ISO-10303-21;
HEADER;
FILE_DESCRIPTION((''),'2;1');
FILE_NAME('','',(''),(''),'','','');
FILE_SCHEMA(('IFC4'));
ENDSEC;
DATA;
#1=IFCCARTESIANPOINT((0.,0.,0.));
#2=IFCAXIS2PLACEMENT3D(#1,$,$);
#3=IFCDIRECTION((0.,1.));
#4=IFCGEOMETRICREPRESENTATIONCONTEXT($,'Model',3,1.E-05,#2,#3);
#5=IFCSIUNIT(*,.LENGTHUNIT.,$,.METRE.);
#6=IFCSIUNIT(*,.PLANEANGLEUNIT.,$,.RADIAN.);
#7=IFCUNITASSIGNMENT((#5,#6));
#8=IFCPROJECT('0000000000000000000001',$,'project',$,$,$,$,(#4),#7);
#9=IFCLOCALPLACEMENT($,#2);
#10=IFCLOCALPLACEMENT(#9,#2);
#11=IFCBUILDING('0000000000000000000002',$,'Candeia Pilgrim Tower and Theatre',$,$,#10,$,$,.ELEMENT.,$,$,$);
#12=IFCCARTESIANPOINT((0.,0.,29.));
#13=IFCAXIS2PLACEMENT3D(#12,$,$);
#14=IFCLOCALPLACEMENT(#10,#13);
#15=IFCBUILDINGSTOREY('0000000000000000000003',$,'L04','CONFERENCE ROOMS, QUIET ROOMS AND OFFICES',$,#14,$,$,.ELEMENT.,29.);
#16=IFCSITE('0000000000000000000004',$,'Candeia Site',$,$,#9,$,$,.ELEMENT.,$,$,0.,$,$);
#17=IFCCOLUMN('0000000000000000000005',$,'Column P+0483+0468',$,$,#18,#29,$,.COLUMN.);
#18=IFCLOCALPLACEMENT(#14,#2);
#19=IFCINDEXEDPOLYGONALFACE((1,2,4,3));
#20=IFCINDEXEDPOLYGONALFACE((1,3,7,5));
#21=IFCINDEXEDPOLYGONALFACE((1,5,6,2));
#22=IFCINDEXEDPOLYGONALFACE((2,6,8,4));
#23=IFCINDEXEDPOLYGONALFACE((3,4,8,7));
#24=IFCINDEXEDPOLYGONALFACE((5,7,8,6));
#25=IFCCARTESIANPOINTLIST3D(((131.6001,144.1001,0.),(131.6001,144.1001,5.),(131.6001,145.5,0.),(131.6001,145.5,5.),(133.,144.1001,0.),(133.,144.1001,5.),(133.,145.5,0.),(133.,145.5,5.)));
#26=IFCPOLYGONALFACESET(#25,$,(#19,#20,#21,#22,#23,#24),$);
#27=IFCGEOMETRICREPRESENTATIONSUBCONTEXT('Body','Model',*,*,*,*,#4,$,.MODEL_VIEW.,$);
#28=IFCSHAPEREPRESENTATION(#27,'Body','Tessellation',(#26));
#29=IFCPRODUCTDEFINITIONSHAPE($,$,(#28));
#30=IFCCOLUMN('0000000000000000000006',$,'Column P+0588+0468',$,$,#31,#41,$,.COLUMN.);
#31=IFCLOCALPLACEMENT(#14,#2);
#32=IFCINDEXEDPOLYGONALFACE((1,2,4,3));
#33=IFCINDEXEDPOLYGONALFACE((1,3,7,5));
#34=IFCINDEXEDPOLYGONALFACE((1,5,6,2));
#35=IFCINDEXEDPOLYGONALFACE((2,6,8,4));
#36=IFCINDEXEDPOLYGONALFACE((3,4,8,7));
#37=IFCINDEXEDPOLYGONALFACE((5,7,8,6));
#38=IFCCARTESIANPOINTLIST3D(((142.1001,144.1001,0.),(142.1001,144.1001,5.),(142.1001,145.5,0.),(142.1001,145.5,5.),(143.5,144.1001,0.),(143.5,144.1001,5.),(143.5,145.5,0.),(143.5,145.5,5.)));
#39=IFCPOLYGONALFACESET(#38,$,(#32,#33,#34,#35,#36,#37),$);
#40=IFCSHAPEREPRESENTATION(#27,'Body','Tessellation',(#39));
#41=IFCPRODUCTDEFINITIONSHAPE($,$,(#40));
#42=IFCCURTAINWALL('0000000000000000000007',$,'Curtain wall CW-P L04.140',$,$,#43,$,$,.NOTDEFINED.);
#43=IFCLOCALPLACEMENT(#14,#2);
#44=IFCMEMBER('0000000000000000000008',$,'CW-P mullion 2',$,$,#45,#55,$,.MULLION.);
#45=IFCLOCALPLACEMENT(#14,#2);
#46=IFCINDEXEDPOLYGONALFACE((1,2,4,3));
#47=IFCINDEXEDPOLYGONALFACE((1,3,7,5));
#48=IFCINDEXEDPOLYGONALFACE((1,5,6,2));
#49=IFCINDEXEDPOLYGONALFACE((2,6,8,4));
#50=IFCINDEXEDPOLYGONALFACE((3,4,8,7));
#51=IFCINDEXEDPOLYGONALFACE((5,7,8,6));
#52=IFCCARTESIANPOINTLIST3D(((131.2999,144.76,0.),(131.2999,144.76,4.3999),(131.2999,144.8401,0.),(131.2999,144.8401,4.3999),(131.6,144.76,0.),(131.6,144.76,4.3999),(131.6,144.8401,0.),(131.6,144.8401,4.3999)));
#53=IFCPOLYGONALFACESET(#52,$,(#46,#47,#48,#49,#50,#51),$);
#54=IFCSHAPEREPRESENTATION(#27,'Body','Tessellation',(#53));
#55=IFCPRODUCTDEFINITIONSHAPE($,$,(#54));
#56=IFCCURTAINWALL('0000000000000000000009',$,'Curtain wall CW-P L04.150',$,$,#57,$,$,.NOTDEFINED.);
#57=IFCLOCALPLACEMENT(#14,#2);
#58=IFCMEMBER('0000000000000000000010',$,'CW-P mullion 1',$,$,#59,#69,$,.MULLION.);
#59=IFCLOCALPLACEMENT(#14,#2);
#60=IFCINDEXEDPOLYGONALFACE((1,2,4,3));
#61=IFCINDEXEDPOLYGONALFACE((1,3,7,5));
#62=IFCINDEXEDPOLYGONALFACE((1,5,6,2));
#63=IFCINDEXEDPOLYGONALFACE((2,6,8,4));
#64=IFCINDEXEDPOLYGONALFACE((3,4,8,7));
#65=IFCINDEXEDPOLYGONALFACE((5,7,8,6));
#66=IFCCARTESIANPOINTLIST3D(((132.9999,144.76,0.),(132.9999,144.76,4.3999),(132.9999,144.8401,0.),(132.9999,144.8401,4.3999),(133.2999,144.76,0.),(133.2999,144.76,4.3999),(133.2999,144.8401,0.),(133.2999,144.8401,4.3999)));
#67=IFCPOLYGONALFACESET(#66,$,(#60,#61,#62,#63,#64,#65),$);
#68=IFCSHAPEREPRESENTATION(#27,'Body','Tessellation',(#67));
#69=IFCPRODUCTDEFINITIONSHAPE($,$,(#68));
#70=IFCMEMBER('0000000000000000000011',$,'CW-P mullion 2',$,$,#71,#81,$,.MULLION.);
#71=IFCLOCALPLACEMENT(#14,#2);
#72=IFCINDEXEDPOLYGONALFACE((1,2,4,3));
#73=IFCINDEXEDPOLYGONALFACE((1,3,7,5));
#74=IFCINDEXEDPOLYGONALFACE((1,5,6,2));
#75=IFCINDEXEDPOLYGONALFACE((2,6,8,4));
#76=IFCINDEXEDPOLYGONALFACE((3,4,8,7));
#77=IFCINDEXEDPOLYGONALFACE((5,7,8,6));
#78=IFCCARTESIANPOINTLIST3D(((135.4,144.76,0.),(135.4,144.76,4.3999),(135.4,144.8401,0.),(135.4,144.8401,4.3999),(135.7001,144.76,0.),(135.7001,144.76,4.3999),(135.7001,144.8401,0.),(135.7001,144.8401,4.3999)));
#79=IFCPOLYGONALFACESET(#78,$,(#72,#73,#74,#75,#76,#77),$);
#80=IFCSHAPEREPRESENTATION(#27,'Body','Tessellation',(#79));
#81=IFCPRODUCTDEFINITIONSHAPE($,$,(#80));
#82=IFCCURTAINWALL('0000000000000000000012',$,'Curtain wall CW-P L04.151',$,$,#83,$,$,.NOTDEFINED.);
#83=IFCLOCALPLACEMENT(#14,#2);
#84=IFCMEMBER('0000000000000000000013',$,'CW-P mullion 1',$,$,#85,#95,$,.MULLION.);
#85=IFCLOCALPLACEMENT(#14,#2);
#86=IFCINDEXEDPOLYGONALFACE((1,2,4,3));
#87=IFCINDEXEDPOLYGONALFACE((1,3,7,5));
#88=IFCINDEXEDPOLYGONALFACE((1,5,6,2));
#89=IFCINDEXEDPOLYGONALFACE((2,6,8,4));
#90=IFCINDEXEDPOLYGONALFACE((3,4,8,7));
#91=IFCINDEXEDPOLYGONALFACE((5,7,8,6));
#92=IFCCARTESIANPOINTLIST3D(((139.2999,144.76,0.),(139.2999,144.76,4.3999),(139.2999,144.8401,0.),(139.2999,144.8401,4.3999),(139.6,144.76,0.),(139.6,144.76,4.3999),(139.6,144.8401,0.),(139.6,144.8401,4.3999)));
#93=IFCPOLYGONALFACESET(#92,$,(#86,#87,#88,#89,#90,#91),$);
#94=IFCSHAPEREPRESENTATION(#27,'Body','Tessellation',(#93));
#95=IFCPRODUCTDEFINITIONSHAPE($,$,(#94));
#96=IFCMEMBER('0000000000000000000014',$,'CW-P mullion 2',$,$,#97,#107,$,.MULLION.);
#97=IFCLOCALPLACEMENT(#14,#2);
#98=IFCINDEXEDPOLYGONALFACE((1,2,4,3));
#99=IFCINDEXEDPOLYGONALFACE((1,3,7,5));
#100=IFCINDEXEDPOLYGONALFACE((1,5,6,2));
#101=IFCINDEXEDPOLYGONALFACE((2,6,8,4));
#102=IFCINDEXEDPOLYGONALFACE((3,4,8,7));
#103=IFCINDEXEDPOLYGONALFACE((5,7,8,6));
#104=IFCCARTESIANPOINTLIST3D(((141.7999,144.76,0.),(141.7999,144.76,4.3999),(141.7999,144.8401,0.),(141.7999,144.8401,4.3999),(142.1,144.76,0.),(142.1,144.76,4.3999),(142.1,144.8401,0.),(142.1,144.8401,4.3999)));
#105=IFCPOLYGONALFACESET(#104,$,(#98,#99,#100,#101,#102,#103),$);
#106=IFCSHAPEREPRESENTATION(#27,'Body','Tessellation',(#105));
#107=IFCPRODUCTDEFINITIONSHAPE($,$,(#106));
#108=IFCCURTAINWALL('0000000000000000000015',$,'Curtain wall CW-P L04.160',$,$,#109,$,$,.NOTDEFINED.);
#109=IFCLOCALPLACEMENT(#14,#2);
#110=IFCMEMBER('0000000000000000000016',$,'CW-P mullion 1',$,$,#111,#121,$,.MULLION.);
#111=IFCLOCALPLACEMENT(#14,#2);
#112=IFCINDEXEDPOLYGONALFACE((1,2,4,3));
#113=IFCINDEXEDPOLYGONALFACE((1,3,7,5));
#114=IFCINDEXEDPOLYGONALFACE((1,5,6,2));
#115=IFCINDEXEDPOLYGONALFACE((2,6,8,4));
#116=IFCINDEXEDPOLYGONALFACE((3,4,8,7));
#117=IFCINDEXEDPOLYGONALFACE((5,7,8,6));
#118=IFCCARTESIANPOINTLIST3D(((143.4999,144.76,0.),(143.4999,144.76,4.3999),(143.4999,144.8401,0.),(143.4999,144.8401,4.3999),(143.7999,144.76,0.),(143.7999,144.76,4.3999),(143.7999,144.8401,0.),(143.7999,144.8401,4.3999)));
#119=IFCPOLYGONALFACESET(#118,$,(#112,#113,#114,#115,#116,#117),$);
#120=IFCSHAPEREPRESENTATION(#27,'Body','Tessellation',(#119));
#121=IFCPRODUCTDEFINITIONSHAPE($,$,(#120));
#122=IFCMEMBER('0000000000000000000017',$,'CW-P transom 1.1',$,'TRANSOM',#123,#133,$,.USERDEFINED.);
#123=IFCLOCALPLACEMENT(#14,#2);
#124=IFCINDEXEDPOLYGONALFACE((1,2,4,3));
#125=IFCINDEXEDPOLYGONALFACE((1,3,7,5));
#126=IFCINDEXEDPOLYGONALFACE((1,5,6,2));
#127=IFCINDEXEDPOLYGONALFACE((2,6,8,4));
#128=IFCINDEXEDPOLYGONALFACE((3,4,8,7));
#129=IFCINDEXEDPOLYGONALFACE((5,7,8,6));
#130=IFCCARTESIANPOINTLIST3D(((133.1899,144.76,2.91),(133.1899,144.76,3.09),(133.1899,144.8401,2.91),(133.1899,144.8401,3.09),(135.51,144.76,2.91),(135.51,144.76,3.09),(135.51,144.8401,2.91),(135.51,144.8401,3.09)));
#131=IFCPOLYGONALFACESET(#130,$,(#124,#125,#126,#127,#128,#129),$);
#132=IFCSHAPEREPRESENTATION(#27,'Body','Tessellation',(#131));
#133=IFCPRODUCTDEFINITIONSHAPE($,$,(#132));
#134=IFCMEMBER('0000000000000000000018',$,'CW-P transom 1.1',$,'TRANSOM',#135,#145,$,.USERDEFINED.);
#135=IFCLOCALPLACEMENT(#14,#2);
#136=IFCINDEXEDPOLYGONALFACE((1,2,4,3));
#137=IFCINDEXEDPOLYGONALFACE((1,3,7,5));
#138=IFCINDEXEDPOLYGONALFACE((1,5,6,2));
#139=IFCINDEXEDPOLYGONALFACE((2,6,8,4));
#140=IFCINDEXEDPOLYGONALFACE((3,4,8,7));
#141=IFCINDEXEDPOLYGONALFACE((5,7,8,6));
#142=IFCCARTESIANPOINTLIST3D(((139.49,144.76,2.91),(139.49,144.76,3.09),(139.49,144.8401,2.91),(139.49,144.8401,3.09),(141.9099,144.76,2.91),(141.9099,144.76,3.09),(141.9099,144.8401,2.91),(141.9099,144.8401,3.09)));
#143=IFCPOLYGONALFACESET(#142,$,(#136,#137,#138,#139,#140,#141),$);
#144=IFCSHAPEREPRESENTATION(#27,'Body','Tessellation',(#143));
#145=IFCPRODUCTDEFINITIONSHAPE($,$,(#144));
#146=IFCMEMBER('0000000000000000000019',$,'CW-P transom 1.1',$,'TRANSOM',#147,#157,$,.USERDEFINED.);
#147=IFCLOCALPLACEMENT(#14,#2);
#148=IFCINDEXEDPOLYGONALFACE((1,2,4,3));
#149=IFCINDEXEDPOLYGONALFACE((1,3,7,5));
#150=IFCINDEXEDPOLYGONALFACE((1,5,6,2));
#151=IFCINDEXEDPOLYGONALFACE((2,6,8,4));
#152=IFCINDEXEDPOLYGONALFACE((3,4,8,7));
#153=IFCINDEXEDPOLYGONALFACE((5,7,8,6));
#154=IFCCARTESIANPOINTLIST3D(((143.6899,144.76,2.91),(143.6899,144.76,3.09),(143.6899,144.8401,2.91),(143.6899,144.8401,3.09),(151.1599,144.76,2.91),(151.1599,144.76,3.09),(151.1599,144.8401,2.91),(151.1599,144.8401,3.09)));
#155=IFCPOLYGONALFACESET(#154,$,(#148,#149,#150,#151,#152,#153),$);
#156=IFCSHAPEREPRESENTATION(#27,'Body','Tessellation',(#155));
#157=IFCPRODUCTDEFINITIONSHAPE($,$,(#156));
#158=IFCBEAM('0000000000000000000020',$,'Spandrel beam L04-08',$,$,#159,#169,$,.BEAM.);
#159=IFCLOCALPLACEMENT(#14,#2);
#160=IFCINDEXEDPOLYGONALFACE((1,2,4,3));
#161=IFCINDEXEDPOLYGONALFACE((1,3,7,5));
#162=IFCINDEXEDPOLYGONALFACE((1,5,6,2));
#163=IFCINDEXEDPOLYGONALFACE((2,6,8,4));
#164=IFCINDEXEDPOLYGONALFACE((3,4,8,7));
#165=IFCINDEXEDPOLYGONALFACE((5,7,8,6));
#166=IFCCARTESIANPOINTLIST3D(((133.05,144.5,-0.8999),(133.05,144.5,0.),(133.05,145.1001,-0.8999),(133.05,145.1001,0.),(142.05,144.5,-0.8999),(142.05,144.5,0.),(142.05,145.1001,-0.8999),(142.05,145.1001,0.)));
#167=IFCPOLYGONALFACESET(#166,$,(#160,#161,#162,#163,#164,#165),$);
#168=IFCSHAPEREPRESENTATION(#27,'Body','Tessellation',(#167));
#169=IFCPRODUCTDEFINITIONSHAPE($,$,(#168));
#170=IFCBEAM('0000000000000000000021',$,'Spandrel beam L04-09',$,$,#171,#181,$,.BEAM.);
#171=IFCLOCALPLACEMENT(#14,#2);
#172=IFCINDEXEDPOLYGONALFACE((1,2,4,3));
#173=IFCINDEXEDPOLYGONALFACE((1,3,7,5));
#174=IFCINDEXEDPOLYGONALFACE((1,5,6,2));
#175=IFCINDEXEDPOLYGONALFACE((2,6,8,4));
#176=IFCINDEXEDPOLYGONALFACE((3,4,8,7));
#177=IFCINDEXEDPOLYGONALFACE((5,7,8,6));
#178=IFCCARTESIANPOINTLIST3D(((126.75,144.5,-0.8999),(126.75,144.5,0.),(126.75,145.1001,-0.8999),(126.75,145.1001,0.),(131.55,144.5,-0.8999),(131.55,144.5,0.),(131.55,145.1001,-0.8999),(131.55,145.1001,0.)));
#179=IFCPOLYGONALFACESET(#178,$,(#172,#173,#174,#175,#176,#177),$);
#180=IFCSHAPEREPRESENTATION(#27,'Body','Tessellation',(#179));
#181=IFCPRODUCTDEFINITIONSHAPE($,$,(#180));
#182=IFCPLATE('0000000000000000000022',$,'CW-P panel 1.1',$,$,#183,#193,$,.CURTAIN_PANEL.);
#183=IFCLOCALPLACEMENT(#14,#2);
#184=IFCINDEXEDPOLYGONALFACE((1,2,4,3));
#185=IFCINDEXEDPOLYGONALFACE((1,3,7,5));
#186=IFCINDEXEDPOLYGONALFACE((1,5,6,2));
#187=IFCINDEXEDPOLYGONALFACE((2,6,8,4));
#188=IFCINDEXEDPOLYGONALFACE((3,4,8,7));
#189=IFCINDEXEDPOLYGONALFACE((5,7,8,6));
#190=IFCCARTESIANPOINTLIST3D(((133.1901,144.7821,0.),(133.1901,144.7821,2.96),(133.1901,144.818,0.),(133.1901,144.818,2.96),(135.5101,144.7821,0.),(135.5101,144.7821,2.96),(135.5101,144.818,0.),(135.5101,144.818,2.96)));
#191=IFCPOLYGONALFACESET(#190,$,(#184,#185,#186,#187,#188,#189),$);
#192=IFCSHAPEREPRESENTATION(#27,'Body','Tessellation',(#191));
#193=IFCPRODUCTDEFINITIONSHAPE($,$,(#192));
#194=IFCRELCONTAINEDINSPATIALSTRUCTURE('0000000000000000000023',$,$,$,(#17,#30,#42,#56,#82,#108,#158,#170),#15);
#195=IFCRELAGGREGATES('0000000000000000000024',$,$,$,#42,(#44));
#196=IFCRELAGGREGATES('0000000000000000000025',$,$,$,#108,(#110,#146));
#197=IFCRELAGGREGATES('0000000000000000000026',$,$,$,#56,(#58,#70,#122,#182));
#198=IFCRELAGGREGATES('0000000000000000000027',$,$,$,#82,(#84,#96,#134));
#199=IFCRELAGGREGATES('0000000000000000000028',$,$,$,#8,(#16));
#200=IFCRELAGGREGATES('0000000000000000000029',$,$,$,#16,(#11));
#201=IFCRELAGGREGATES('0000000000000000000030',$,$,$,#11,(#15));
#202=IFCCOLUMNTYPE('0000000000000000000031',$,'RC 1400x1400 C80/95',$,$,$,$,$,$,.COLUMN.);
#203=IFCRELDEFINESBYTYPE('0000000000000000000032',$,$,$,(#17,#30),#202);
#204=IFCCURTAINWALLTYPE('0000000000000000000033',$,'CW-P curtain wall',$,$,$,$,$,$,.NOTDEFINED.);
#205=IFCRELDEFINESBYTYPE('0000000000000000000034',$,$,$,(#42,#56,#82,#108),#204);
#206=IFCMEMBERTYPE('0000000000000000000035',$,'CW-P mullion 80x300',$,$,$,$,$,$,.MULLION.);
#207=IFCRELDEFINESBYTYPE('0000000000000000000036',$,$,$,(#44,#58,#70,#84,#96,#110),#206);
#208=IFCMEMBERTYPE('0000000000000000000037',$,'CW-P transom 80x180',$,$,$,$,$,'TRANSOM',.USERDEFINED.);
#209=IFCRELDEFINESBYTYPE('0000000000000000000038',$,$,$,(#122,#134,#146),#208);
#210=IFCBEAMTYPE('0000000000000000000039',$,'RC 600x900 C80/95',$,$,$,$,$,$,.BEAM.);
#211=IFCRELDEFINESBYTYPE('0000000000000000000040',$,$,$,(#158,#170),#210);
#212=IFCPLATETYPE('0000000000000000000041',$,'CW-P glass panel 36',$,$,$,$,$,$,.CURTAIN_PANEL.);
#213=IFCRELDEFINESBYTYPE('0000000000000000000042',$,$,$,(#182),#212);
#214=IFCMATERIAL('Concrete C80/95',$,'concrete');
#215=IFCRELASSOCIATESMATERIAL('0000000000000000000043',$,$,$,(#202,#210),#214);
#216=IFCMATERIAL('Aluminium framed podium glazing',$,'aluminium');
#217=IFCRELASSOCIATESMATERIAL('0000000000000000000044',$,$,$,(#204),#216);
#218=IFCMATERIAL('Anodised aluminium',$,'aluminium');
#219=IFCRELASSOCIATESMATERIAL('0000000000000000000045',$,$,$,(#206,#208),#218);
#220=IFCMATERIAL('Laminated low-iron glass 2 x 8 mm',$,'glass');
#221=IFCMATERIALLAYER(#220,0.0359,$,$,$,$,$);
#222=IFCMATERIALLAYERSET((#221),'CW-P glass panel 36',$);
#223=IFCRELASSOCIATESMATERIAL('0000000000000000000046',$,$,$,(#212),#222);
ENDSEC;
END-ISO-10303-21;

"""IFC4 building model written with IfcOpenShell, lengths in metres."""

from ifc_helpers import new_model, si_unit, direction, frame, origin, origin_2d, place, context, subcontext, project, spatial, rectangle, extrude, material, layer, layer_set, material_profile, profile_set, type_object, element, aggregate, save


model = new_model("IFC4")

# Units and contexts
model_context = context("Model", 3, precision=1e-05, world=origin(), true_north=direction((0.0, 1.0)))
body_context = subcontext(model_context, "Body", "Model", "MODEL_VIEW")
ifc_project = project(units=[si_unit("LENGTHUNIT", "METRE"), si_unit("PLANEANGLEUNIT", "RADIAN")], contexts=[model_context])

# Site, building, storey
site_placement = place(None, origin())
site = spatial("IfcSite", under=ifc_project, at=site_placement, Name="Candeia Site", CompositionType="ELEMENT", RefElevation=0.0)
building_placement = place(site_placement, origin())
building = spatial("IfcBuilding", under=site, at=building_placement, Name="Candeia Pilgrim Tower and Theatre", CompositionType="ELEMENT")
storey_placement = place(building_placement, frame((0.0, 0.0, 29.0)))
storey = spatial("IfcBuildingStorey", under=building, at=storey_placement, Name="L04", Description="CONFERENCE ROOMS, QUIET ROOMS AND OFFICES", CompositionType="ELEMENT", Elevation=29.0)

# Columns
ifc_material_1 = material(Name="Concrete C80/95", Category="concrete")
ifc_material_profile_1 = material_profile(ifc_material_1, rectangle(XDim=1.3999, YDim=1.3999, at=origin_2d()))
ifc_profile_set_1 = profile_set([ifc_material_profile_1], Name="Concrete C80/95")
column_type = type_object("IfcColumnType", Name="RC 1400x1400 C80/95", PredefinedType="COLUMN", material=ifc_profile_set_1)
for number, where, z_axis, x_axis, name in (
    (1, (132.3, 144.8, 0.0), (0.0, 0.0, 1.0), (1.0, 0.0, 0.0), "Column P+0483+0468"),
    (2, (142.8, 144.8, 0.0), (0.0, 0.0, 1.0), (1.0, 0.0, 0.0), "Column P+0588+0468"),
):
    element("IfcColumn", number, at=place(storey_placement, frame(where, z_axis=z_axis, x_axis=x_axis)), inside=storey, type_object=column_type, Name=name, PredefinedType="COLUMN", context=body_context, shape_type="SweptSolid", body=[
        extrude(rectangle(XDim=1.3999, YDim=1.3999, at=origin_2d()), origin(), (0.0, 0.0, 1.0), 5.0),
    ])

# Curtain wall, member
ifc_material_2 = material(Name="Aluminium framed podium glazing", Category="aluminium")
curtain_wall_type = type_object("IfcCurtainWallType", Name="CW-P curtain wall", PredefinedType="NOTDEFINED", material=ifc_material_2)
curtain_wall_1_placement = place(storey_placement, origin())
curtain_wall_1 = element("IfcCurtainWall", 3, at=curtain_wall_1_placement, inside=storey, type_object=curtain_wall_type, Name="Curtain wall CW-P L04.140", PredefinedType="NOTDEFINED")
ifc_material_3 = material(Name="Anodised aluminium", Category="aluminium")
ifc_material_profile_2 = material_profile(ifc_material_3, rectangle(XDim=0.0801, YDim=0.3, at=origin_2d()))
ifc_profile_set_2 = profile_set([ifc_material_profile_2], Name="Anodised aluminium")
member_type_1 = type_object("IfcMemberType", Name="CW-P mullion 80x300", PredefinedType="MULLION", material=ifc_profile_set_2)
member_1_placement = place(storey_placement, frame((131.45, 144.8, 0.0), z_axis=(0.0, 0.0, 1.0), x_axis=(0.0, 1.0, 0.0)))
member_1 = element("IfcMember", 4, at=member_1_placement, type_object=member_type_1, Name="CW-P mullion 2", PredefinedType="MULLION", context=body_context, shape_type="SweptSolid", body=[
    extrude(rectangle(XDim=0.0801, YDim=0.3, at=origin_2d()), origin(), (0.0, 0.0, 1.0), 4.3999),
])
aggregate(curtain_wall_1, [member_1])

# Curtain walls, members
curtain_wall_2_placement = place(storey_placement, origin())
curtain_wall_2 = element("IfcCurtainWall", 5, at=curtain_wall_2_placement, inside=storey, type_object=curtain_wall_type, Name="Curtain wall CW-P L04.150", PredefinedType="NOTDEFINED")
member_2_placement = place(storey_placement, frame((133.1499, 144.8, 0.0), z_axis=(0.0, 0.0, 1.0), x_axis=(0.0, 1.0, 0.0)))
member_2 = element("IfcMember", 6, at=member_2_placement, type_object=member_type_1, Name="CW-P mullion 1", PredefinedType="MULLION", context=body_context, shape_type="SweptSolid", body=[
    extrude(rectangle(XDim=0.0801, YDim=0.3, at=origin_2d()), origin(), (0.0, 0.0, 1.0), 4.3999),
])
member_3_placement = place(storey_placement, frame((135.55, 144.8, 0.0), z_axis=(0.0, 0.0, 1.0), x_axis=(0.0, 1.0, 0.0)))
member_3 = element("IfcMember", 7, at=member_3_placement, type_object=member_type_1, Name="CW-P mullion 2", PredefinedType="MULLION", context=body_context, shape_type="SweptSolid", body=[
    extrude(rectangle(XDim=0.0801, YDim=0.3, at=origin_2d()), origin(), (0.0, 0.0, 1.0), 4.3999),
])
curtain_wall_3_placement = place(storey_placement, origin())
curtain_wall_3 = element("IfcCurtainWall", 8, at=curtain_wall_3_placement, inside=storey, type_object=curtain_wall_type, Name="Curtain wall CW-P L04.151", PredefinedType="NOTDEFINED")
member_4_placement = place(storey_placement, frame((139.45, 144.8, 0.0), z_axis=(0.0, 0.0, 1.0), x_axis=(0.0, 1.0, 0.0)))
member_4 = element("IfcMember", 9, at=member_4_placement, type_object=member_type_1, Name="CW-P mullion 1", PredefinedType="MULLION", context=body_context, shape_type="SweptSolid", body=[
    extrude(rectangle(XDim=0.0801, YDim=0.3, at=origin_2d()), origin(), (0.0, 0.0, 1.0), 4.3999),
])
member_5_placement = place(storey_placement, frame((141.95, 144.8, 0.0), z_axis=(0.0, 0.0, 1.0), x_axis=(0.0, 1.0, 0.0)))
member_5 = element("IfcMember", 10, at=member_5_placement, type_object=member_type_1, Name="CW-P mullion 2", PredefinedType="MULLION", context=body_context, shape_type="SweptSolid", body=[
    extrude(rectangle(XDim=0.0801, YDim=0.3, at=origin_2d()), origin(), (0.0, 0.0, 1.0), 4.3999),
])

# Curtain wall, member
curtain_wall_4_placement = place(storey_placement, origin())
curtain_wall_4 = element("IfcCurtainWall", 11, at=curtain_wall_4_placement, inside=storey, type_object=curtain_wall_type, Name="Curtain wall CW-P L04.160", PredefinedType="NOTDEFINED")
member_6_placement = place(storey_placement, frame((143.6499, 144.8, 0.0), z_axis=(0.0, 0.0, 1.0), x_axis=(0.0, 1.0, 0.0)))
member_6 = element("IfcMember", 12, at=member_6_placement, type_object=member_type_1, Name="CW-P mullion 1", PredefinedType="MULLION", context=body_context, shape_type="SweptSolid", body=[
    extrude(rectangle(XDim=0.0801, YDim=0.3, at=origin_2d()), origin(), (0.0, 0.0, 1.0), 4.3999),
])

# Members
ifc_material_profile_3 = material_profile(ifc_material_3, rectangle(XDim=0.0801, YDim=0.1799, at=origin_2d()))
ifc_profile_set_3 = profile_set([ifc_material_profile_3], Name="Anodised aluminium")
member_type_2 = type_object("IfcMemberType", Name="CW-P transom 80x180", ElementType="TRANSOM", PredefinedType="USERDEFINED", material=ifc_profile_set_3)
member_7_placement = place(storey_placement, frame((133.1899, 144.8, 3.0), z_axis=(1.0, 0.0, 0.0), x_axis=(0.0, 1.0, 0.0)))
member_7 = element("IfcMember", 13, at=member_7_placement, type_object=member_type_2, Name="CW-P transom 1.1", ObjectType="TRANSOM", PredefinedType="USERDEFINED", context=body_context, shape_type="SweptSolid", body=[
    extrude(rectangle(XDim=0.0801, YDim=0.1799, at=origin_2d()), origin(), (0.0, 0.0, 1.0), 2.3201),
])
member_8_placement = place(storey_placement, frame((139.49, 144.8, 3.0), z_axis=(1.0, 0.0, 0.0), x_axis=(0.0, 1.0, 0.0)))
member_8 = element("IfcMember", 14, at=member_8_placement, type_object=member_type_2, Name="CW-P transom 1.1", ObjectType="TRANSOM", PredefinedType="USERDEFINED", context=body_context, shape_type="SweptSolid", body=[
    extrude(rectangle(XDim=0.0801, YDim=0.1799, at=origin_2d()), origin(), (0.0, 0.0, 1.0), 2.4199),
])
member_9_placement = place(storey_placement, frame((143.6899, 144.8, 3.0), z_axis=(1.0, 0.0, 0.0), x_axis=(0.0, 1.0, 0.0)))
member_9 = element("IfcMember", 15, at=member_9_placement, type_object=member_type_2, Name="CW-P transom 1.1", ObjectType="TRANSOM", PredefinedType="USERDEFINED", context=body_context, shape_type="SweptSolid", body=[
    extrude(rectangle(XDim=0.0801, YDim=0.1799, at=origin_2d()), origin(), (0.0, 0.0, 1.0), 7.47),
])
aggregate(curtain_wall_4, [member_6, member_9])

# Beams
ifc_material_profile_4 = material_profile(ifc_material_1, rectangle(XDim=0.6001, YDim=0.8999, at=origin_2d()))
ifc_profile_set_4 = profile_set([ifc_material_profile_4], Name="Concrete C80/95")
beam_type = type_object("IfcBeamType", Name="RC 600x900 C80/95", PredefinedType="BEAM", material=ifc_profile_set_4)
beam_1_placement = place(storey_placement, frame((142.05, 144.8, -0.45), z_axis=(-1.0, 0.0, 0.0), x_axis=(0.0, -1.0, 0.0)))
element("IfcBeam", 16, at=beam_1_placement, inside=storey, type_object=beam_type, Name="Spandrel beam L04-08", PredefinedType="BEAM", context=body_context, shape_type="SweptSolid", body=[
    extrude(rectangle(XDim=0.6001, YDim=0.8999, at=origin_2d()), origin(), (0.0, 0.0, 1.0), 9.0),
])
beam_2_placement = place(storey_placement, frame((131.55, 144.8, -0.45), z_axis=(-1.0, 0.0, 0.0), x_axis=(0.0, -1.0, 0.0)))
element("IfcBeam", 17, at=beam_2_placement, inside=storey, type_object=beam_type, Name="Spandrel beam L04-09", PredefinedType="BEAM", context=body_context, shape_type="SweptSolid", body=[
    extrude(rectangle(XDim=0.6001, YDim=0.8999, at=origin_2d()), origin(), (0.0, 0.0, 1.0), 4.8),
])

# Plate
ifc_material_4 = material(Name="Laminated low-iron glass 2 x 8 mm", Category="glass")
ifc_layer_1 = layer(ifc_material_4, 0.0359)
ifc_layer_set_1 = layer_set([ifc_layer_1], Name="CW-P glass panel 36")
plate_type = type_object("IfcPlateType", Name="CW-P glass panel 36", PredefinedType="CURTAIN_PANEL", material=ifc_layer_set_1)
plate_1_placement = place(storey_placement, frame((134.3501, 144.8, 0.0), z_axis=(0.0, 0.0, 1.0), x_axis=(1.0, 0.0, 0.0)))
plate_1 = element("IfcPlate", 18, at=plate_1_placement, type_object=plate_type, Name="CW-P panel 1.1", PredefinedType="CURTAIN_PANEL", context=body_context, shape_type="SweptSolid", body=[
    extrude(rectangle(XDim=2.3201, YDim=0.0359, at=origin_2d()), origin(), (0.0, 0.0, 1.0), 2.96),
])
aggregate(curtain_wall_2, [member_2, member_3, member_7, plate_1])
aggregate(curtain_wall_3, [member_4, member_5, member_8])

save(model, "model.ifc")
